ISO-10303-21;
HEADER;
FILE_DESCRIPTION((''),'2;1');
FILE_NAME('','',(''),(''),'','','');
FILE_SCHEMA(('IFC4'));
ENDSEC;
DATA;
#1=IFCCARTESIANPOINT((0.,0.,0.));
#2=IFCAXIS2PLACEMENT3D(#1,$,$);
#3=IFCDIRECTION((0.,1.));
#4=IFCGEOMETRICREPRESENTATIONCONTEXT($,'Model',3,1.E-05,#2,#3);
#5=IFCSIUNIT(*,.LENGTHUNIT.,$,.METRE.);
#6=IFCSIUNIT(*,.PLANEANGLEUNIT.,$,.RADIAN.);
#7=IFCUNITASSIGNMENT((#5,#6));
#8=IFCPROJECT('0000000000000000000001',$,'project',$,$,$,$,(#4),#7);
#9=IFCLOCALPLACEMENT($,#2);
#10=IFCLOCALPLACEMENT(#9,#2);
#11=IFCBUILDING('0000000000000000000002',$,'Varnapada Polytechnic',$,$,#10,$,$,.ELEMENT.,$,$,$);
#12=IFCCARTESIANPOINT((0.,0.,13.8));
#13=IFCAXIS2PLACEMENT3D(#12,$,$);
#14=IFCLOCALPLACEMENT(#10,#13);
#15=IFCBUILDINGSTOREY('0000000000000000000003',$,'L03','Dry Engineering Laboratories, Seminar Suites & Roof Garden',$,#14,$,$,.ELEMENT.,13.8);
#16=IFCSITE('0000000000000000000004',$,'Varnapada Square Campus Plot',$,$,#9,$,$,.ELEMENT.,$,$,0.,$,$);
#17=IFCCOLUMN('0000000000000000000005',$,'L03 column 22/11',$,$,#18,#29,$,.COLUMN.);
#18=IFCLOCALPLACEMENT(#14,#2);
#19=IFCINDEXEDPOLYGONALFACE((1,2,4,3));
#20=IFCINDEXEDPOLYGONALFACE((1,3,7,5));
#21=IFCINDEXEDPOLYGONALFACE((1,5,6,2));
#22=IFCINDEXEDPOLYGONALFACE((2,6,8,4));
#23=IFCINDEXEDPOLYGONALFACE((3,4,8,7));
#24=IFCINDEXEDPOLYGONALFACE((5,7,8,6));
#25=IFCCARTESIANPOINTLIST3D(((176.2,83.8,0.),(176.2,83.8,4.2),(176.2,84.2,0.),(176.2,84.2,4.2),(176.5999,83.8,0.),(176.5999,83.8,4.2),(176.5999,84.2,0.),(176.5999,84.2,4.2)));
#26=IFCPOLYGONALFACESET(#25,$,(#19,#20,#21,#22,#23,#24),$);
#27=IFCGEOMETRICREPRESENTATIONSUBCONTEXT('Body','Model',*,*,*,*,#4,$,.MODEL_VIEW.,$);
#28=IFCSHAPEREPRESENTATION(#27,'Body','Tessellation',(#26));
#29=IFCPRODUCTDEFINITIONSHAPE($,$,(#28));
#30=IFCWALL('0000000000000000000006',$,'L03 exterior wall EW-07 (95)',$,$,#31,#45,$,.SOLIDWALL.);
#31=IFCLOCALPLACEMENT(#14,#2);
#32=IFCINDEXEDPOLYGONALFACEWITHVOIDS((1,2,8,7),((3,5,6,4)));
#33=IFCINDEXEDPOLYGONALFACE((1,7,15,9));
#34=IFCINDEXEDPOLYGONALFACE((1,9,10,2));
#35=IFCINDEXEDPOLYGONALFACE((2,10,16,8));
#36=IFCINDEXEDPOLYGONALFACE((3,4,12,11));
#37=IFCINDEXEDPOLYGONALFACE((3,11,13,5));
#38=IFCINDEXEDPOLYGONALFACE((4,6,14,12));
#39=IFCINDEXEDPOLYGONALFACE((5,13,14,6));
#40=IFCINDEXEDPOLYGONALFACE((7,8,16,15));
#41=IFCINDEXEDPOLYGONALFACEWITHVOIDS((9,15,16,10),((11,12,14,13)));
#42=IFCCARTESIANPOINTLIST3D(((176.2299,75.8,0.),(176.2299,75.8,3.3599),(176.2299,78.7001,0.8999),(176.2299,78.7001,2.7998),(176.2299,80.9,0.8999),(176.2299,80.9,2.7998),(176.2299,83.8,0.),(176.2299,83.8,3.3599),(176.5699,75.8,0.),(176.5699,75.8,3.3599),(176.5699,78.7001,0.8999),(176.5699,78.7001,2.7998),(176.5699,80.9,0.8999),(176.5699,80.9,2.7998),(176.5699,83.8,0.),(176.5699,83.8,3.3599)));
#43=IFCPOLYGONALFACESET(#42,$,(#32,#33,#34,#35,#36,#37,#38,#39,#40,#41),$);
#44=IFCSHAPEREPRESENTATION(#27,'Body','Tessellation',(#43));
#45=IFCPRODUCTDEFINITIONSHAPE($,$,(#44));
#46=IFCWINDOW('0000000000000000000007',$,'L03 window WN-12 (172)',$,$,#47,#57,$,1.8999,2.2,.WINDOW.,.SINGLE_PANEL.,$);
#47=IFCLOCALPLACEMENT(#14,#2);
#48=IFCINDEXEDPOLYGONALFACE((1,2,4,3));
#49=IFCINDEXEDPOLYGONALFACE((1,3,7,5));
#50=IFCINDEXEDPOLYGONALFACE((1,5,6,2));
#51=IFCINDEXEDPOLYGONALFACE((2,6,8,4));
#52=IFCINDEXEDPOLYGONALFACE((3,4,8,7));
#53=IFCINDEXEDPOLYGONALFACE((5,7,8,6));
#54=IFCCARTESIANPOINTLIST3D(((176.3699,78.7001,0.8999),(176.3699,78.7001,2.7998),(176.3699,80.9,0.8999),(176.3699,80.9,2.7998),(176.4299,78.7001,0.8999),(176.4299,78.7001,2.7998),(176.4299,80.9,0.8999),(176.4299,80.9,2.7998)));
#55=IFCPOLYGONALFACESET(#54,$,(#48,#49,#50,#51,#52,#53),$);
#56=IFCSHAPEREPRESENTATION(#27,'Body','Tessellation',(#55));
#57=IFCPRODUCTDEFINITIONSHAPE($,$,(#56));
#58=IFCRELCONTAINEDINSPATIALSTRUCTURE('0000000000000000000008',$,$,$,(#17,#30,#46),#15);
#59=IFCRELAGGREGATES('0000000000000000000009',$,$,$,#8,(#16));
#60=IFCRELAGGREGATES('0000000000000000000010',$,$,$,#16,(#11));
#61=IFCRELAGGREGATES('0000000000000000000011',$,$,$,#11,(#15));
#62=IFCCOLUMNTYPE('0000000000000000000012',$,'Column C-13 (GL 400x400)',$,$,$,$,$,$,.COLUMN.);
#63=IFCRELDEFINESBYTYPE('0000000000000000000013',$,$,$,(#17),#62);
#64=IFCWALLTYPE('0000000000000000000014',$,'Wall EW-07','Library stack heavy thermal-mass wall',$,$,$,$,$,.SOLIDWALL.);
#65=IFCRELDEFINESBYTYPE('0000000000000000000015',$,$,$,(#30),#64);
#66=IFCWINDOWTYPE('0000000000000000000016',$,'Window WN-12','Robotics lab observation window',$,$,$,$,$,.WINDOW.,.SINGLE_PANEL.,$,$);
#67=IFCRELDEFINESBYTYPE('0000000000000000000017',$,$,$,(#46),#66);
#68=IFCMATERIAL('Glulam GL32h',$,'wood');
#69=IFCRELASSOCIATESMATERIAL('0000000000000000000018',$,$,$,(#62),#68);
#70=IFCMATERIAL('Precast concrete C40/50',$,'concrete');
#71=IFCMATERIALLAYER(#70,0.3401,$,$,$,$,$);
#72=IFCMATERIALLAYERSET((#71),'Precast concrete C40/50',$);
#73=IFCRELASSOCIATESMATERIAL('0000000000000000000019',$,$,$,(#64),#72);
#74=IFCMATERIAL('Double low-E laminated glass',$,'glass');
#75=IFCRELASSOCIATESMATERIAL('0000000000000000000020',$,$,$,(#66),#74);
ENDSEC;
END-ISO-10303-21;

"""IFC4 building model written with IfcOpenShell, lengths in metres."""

from ifc_helpers import new_model, si_unit, direction, frame, frame_2d, origin, origin_2d, place, context, subcontext, project, spatial, rectangle, extrude, material, layer, layer_set, material_profile, profile_set, type_object, element, fill, save


model = new_model("IFC4")

# Units and contexts
model_context = context("Model", 3, precision=1e-05, world=origin(), true_north=direction((0.0, 1.0)))
body_context = subcontext(model_context, "Body", "Model", "MODEL_VIEW")
ifc_project = project(units=[si_unit("LENGTHUNIT", "METRE"), si_unit("PLANEANGLEUNIT", "RADIAN")], contexts=[model_context])

# Site, building, storey
site_placement = place(None, origin())
site = spatial("IfcSite", under=ifc_project, at=site_placement, Name="Varnapada Square Campus Plot", CompositionType="ELEMENT", RefElevation=0.0)
building_placement = place(site_placement, origin())
building = spatial("IfcBuilding", under=site, at=building_placement, Name="Varnapada Polytechnic", CompositionType="ELEMENT")
storey_placement = place(building_placement, frame((0.0, 0.0, 13.8)))
storey = spatial("IfcBuildingStorey", under=building, at=storey_placement, Name="L03", Description="Dry Engineering Laboratories, Seminar Suites & Roof Garden", CompositionType="ELEMENT", Elevation=13.8)

# Column
ifc_material_1 = material(Name="Glulam GL32h", Category="wood")
ifc_material_profile = material_profile(ifc_material_1, rectangle(XDim=0.3999, YDim=0.3999, at=origin_2d()), Name="GL 400x400")
ifc_profile_set = profile_set([ifc_material_profile], Name="Glulam GL32h")
column_type = type_object("IfcColumnType", Name="Column C-13 (GL 400x400)", PredefinedType="COLUMN", material=ifc_profile_set)
column_placement = place(storey_placement, frame((176.3999, 84.0, 0.0), z_axis=(0.0, 0.0, 1.0), x_axis=(1.0, 0.0, 0.0)))
element("IfcColumn", 1, at=column_placement, inside=storey, type_object=column_type, Name="L03 column 22/11", PredefinedType="COLUMN", context=body_context, shape_type="SweptSolid", body=[
    extrude(rectangle(XDim=0.3999, YDim=0.3999, at=origin_2d()), origin(), (0.0, 0.0, 1.0), 4.2),
])

# Wall, opening, window
ifc_material_2 = material(Name="Precast concrete C40/50", Category="concrete")
ifc_layer_1 = layer(ifc_material_2, 0.3401)
ifc_layer_set_1 = layer_set([ifc_layer_1], Name="Precast concrete C40/50")
wall_type = type_object("IfcWallType", Name="Wall EW-07", Description="Library stack heavy thermal-mass wall", PredefinedType="SOLIDWALL", material=ifc_layer_set_1)
wall_placement = place(storey_placement, frame((176.3999, 83.8, 0.0), z_axis=(0.0, 0.0, 1.0), x_axis=(0.0, -1.0, 0.0)))
wall = element("IfcWall", 2, at=wall_placement, inside=storey, type_object=wall_type, Name="L03 exterior wall EW-07 (95)", PredefinedType="SOLIDWALL", context=body_context, shape_type="SweptSolid", body=[
    extrude(rectangle(XDim=8.0, YDim=0.3401, at=frame_2d((4.0, 0.0))), origin(), (0.0, 0.0, 1.0), 3.3599),
])
opening_1_placement = place(wall_placement, frame((2.8999, 0.0, 0.8999)))
opening_1 = element("IfcOpeningElement", 3, at=opening_1_placement, cuts=wall, PredefinedType="OPENING", context=body_context, shape_type="SweptSolid", body=[
    extrude(rectangle(XDim=2.2, YDim=1.8999, at=frame_2d((1.1001, 0.95))), frame((0.0, 0.1799, 0.0), z_axis=(0.0, -1.0, 0.0), x_axis=(1.0, 0.0, 0.0)), (0.0, 0.0, 1.0), 0.3601),
])
ifc_material_3 = material(Name="Double low-E laminated glass", Category="glass")
window_type = type_object("IfcWindowType", Name="Window WN-12", Description="Robotics lab observation window", PartitioningType="SINGLE_PANEL", PredefinedType="WINDOW", material=ifc_material_3)
window_placement = place(opening_1_placement, origin())
window = element("IfcWindow", 4, at=window_placement, inside=storey, type_object=window_type, Name="L03 window WN-12 (172)", OverallHeight=1.8999, OverallWidth=2.2, PartitioningType="SINGLE_PANEL", PredefinedType="WINDOW", context=body_context, shape_type="SweptSolid", body=[
    extrude(rectangle(XDim=2.2, YDim=1.8999, at=frame_2d((1.1001, 0.95))), frame((0.0, 0.03, 0.0), z_axis=(0.0, -1.0, 0.0), x_axis=(1.0, 0.0, 0.0)), (0.0, 0.0, 1.0), 0.0601),
])
fill(opening_1, window)

save(model, "model.ifc")
